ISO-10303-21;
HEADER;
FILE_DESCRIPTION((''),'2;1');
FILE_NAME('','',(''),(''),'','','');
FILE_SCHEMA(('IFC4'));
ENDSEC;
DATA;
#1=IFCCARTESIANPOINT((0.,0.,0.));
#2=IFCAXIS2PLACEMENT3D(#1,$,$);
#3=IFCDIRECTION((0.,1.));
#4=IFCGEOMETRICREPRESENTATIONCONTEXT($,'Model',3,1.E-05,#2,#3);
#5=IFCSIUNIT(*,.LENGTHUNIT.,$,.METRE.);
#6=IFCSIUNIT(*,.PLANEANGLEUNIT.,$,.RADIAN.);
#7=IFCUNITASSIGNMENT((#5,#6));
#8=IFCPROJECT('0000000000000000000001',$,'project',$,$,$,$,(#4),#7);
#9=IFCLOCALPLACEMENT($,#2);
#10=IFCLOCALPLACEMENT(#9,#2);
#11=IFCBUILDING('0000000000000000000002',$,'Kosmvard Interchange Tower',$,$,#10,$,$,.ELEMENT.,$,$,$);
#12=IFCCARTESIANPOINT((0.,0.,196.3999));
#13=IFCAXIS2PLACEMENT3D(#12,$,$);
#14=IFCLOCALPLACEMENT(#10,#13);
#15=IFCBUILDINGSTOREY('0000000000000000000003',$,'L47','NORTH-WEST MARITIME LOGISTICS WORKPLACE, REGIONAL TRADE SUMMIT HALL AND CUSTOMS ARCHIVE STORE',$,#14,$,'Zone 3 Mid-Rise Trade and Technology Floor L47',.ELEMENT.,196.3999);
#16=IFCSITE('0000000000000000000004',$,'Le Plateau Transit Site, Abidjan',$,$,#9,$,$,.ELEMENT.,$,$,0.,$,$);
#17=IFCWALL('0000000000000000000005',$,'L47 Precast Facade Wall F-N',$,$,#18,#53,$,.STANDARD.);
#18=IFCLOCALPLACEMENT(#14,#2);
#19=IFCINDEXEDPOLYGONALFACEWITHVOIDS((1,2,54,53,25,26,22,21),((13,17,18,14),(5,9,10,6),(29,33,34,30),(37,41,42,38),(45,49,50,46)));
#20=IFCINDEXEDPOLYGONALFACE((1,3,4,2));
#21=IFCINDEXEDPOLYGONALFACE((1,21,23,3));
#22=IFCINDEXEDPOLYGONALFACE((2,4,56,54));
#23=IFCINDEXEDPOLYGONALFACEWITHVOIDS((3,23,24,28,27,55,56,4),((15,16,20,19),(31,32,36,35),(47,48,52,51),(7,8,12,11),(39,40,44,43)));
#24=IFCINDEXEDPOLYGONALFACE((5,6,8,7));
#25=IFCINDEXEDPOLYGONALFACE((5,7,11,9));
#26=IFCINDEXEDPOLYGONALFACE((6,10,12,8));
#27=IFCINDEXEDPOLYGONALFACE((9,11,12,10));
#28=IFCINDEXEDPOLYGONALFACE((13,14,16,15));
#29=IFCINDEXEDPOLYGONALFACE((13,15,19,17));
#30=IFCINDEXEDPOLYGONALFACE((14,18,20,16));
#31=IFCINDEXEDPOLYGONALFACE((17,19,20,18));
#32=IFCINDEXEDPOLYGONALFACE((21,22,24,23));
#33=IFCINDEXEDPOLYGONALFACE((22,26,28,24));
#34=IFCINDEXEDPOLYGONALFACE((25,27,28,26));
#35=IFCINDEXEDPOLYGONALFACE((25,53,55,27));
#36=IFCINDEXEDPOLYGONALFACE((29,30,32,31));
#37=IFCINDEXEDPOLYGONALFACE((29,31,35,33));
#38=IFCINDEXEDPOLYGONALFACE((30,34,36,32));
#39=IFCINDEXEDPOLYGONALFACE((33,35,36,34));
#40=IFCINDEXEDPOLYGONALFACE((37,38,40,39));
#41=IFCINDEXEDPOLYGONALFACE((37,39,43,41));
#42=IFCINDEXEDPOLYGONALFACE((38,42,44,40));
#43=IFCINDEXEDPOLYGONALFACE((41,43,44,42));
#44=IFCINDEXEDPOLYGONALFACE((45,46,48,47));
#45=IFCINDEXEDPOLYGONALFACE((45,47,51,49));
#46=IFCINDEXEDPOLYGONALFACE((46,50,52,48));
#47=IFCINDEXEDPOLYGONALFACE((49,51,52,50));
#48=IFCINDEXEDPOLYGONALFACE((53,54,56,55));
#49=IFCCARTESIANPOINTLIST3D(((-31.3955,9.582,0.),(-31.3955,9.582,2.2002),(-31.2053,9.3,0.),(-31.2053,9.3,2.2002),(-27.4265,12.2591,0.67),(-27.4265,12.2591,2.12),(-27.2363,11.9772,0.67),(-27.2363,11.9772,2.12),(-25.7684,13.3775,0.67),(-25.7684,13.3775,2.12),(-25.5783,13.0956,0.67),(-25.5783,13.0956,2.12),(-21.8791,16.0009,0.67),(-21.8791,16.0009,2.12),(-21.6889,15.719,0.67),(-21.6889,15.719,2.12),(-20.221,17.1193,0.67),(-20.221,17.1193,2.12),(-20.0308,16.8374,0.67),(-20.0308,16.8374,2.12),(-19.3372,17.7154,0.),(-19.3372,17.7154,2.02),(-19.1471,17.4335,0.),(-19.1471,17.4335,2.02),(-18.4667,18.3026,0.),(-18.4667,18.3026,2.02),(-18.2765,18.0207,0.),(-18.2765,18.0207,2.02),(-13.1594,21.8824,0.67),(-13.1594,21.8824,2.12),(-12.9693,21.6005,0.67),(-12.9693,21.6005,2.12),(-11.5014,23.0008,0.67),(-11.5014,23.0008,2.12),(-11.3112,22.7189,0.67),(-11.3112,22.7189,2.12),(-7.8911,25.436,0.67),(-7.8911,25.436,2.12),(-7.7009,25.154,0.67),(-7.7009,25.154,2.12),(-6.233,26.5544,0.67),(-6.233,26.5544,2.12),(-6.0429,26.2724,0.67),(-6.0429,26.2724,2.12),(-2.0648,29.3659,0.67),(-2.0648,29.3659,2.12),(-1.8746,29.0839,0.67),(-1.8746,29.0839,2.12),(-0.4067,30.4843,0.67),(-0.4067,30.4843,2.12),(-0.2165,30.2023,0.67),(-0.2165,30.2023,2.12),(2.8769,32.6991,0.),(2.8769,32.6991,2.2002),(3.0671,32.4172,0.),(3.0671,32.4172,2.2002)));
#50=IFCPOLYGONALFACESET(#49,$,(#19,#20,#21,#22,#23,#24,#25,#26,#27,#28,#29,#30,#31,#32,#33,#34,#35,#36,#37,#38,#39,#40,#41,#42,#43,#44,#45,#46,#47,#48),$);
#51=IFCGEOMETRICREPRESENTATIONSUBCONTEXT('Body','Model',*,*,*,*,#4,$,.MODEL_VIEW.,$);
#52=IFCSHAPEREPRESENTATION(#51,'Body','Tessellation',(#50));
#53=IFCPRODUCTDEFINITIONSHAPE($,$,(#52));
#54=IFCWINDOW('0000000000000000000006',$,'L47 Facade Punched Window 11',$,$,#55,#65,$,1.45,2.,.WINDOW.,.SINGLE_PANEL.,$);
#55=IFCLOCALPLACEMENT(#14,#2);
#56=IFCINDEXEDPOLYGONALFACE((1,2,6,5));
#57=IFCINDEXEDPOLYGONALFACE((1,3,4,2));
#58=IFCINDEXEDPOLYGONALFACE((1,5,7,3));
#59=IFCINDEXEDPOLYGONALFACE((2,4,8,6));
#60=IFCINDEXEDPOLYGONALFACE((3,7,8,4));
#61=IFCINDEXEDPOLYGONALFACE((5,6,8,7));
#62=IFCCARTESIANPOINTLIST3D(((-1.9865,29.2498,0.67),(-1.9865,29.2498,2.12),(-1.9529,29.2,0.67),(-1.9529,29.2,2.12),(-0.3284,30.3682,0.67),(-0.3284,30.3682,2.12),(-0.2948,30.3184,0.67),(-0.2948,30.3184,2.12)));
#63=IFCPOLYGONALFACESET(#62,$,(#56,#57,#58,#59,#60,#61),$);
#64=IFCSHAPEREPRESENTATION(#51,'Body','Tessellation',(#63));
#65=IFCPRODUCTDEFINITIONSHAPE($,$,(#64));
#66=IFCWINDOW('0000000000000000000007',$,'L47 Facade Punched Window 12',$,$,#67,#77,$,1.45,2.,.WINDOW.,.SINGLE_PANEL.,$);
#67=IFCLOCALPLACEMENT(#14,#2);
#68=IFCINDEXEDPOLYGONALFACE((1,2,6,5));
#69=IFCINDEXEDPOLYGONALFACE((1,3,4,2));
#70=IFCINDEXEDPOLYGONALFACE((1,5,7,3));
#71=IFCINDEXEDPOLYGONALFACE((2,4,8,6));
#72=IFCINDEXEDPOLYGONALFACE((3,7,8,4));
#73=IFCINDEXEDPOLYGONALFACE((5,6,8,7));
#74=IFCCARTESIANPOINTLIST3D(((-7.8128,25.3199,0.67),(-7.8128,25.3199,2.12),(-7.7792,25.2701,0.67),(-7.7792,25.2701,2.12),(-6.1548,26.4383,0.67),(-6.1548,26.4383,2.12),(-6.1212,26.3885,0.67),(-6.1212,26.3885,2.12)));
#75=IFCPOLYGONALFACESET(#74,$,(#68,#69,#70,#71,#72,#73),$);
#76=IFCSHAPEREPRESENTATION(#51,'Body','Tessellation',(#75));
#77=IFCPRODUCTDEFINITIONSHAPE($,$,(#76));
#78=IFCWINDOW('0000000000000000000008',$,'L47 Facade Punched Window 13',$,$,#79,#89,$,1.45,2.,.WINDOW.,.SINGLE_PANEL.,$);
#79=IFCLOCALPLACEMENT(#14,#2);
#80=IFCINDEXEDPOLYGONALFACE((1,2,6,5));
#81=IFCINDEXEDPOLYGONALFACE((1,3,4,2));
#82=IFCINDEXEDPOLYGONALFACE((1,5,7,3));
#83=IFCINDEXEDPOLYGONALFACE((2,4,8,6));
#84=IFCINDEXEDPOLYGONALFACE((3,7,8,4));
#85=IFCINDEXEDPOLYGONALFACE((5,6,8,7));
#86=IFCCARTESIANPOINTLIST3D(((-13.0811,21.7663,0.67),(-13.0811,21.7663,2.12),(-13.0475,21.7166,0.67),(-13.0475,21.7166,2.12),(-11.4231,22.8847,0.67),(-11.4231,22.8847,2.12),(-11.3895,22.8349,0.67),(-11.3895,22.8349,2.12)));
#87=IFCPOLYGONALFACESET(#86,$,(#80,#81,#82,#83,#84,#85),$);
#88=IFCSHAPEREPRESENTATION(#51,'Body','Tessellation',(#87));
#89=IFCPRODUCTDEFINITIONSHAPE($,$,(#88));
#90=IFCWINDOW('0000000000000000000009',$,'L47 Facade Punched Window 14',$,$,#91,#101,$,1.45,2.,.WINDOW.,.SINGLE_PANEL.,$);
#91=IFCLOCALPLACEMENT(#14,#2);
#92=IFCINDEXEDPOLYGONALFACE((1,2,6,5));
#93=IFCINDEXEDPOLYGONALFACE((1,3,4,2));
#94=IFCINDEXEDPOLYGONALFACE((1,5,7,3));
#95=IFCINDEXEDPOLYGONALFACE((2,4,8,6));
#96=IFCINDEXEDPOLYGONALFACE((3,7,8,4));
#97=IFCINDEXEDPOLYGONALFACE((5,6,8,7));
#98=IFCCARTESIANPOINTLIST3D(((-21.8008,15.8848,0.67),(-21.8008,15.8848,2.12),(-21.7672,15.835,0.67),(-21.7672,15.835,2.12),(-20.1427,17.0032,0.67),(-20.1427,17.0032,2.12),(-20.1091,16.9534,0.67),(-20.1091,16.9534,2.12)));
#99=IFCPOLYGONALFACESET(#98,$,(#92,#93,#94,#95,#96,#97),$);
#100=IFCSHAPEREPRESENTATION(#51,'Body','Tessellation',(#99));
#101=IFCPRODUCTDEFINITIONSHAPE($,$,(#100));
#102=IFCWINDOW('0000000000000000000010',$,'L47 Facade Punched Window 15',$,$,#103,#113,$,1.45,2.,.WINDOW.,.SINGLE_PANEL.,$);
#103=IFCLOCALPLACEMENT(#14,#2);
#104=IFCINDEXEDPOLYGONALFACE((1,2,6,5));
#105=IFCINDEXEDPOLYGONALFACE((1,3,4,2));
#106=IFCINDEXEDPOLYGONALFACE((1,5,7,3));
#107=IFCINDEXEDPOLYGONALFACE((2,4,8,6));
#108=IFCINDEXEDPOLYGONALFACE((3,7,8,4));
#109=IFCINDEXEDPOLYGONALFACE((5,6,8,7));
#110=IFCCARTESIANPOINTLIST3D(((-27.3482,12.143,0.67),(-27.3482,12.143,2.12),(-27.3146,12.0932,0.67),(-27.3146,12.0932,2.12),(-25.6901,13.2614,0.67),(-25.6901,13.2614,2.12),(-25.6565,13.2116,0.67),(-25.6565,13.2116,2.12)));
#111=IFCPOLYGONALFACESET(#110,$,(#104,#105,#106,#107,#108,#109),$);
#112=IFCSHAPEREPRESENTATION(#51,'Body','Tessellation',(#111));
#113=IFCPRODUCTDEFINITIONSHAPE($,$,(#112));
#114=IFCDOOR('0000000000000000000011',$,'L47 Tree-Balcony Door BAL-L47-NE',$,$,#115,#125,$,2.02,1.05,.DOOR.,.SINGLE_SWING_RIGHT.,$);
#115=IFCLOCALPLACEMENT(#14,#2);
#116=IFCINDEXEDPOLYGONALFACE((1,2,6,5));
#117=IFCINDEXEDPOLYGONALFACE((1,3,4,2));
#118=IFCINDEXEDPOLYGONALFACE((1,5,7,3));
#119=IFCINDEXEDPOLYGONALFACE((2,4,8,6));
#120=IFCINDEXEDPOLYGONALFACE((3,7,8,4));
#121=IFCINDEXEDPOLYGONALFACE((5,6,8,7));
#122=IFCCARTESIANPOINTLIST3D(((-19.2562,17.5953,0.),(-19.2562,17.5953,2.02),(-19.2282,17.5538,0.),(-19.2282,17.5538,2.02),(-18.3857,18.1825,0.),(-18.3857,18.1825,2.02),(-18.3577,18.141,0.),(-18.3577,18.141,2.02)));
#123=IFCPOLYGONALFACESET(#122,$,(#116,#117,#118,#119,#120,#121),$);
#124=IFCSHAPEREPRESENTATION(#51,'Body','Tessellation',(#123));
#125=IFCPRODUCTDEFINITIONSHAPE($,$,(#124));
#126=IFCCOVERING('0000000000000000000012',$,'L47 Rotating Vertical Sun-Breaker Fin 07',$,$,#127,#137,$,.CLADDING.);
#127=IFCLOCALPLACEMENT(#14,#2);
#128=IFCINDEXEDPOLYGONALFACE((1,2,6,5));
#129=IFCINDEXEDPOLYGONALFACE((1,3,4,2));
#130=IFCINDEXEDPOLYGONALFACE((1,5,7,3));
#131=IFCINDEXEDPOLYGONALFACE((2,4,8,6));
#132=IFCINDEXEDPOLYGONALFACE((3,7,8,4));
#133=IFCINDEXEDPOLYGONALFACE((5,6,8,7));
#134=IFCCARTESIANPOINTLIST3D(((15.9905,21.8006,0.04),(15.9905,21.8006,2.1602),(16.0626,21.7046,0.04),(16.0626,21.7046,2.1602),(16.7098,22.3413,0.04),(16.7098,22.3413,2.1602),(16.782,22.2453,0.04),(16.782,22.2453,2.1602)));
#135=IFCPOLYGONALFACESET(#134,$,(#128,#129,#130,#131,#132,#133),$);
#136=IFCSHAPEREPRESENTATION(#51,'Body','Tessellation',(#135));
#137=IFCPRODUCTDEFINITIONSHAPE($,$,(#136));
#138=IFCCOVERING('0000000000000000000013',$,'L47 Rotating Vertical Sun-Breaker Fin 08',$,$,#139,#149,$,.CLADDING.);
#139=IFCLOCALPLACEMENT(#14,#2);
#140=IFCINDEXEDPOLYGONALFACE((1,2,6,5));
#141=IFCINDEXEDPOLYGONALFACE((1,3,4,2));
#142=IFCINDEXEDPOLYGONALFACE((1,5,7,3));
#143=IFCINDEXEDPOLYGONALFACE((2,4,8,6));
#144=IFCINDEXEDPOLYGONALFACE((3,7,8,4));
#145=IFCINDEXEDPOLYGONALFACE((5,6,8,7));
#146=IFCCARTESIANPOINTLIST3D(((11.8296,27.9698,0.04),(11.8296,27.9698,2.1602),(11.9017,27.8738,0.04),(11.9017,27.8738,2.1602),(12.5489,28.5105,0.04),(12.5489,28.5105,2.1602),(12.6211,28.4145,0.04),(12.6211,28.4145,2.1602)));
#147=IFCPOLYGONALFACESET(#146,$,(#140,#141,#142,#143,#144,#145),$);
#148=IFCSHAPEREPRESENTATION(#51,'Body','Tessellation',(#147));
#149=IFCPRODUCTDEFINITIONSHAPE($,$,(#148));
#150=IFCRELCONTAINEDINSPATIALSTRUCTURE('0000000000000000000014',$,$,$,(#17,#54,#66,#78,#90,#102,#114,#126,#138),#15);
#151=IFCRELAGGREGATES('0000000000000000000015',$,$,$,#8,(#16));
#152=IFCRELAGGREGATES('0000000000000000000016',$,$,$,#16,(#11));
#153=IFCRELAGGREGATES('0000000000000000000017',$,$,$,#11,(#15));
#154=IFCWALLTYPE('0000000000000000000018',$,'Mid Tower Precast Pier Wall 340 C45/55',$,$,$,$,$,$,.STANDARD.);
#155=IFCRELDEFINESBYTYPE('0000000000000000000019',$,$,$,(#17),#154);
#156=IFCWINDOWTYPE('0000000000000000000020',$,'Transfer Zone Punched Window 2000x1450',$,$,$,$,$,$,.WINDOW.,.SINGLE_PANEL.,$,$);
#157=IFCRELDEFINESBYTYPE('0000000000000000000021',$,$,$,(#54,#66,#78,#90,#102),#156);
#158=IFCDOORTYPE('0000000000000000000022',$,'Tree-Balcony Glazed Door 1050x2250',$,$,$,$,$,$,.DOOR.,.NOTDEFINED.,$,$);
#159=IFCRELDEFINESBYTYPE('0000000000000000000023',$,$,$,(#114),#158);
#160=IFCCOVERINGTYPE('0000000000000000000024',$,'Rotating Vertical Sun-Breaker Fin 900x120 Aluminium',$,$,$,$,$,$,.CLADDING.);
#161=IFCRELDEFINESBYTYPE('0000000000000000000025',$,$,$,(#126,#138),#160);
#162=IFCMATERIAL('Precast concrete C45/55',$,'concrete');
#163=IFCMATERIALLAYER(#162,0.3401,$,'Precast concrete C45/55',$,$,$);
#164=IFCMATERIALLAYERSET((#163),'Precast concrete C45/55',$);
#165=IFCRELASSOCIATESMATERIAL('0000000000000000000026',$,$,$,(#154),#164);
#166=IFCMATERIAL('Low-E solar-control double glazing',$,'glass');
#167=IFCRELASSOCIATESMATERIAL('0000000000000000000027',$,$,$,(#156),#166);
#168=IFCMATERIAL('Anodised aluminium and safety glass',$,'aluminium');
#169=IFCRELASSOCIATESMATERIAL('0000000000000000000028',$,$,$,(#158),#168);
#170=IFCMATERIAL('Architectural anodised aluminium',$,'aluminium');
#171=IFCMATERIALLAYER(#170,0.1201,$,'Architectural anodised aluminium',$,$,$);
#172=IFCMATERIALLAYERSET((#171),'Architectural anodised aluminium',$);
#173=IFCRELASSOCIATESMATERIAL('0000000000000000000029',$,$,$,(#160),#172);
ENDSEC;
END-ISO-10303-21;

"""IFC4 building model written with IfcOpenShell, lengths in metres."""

from ifc_helpers import new_model, si_unit, direction, frame, frame_2d, origin, origin_2d, place, context, subcontext, project, spatial, rectangle, extrude, source, transform, mapped, material, layer, layer_set, type_object, element, fill, save


model = new_model("IFC4")

# Units and contexts
model_context = context("Model", 3, precision=1e-05, world=origin(), true_north=direction((0.0, 1.0)))
body_context = subcontext(model_context, "Body", "Model", "MODEL_VIEW")
ifc_project = project(units=[si_unit("LENGTHUNIT", "METRE"), si_unit("PLANEANGLEUNIT", "RADIAN")], contexts=[model_context])

# Site, building, storey
site_placement = place(None, origin())
site = spatial("IfcSite", under=ifc_project, at=site_placement, Name="Le Plateau Transit Site, Abidjan", CompositionType="ELEMENT", RefElevation=0.0)
building_placement = place(site_placement, origin())
building = spatial("IfcBuilding", under=site, at=building_placement, Name="Kosmvard Interchange Tower", CompositionType="ELEMENT")
storey_placement = place(building_placement, frame((0.0, 0.0, 196.3999)))
storey = spatial("IfcBuildingStorey", under=building, at=storey_placement, Name="L47", Description="NORTH-WEST MARITIME LOGISTICS WORKPLACE, REGIONAL TRADE SUMMIT HALL AND CUSTOMS ARCHIVE STORE", LongName="Zone 3 Mid-Rise Trade and Technology Floor L47", CompositionType="ELEMENT", Elevation=196.3999)

# Shared definitions
ifc_material_1 = material(Name="Precast concrete C45/55", Category="concrete")

# Shared definitions
ifc_layer_1 = layer(ifc_material_1, 0.3401, Name="Precast concrete C45/55")
ifc_layer_set_1 = layer_set([ifc_layer_1], Name="Precast concrete C45/55")
wall_type_1 = type_object("IfcWallType", Name="Mid Tower Precast Pier Wall 340 C45/55", PredefinedType="STANDARD", material=ifc_layer_set_1)

# Wall, openings, windows, door
wall_1_placement = place(storey_placement, frame((2.9719, 32.5581, 0.0), z_axis=(0.0, 0.0, 1.0), x_axis=(-0.829036, -0.559195, 0.0)))
wall_1 = element("IfcWall", 1, at=wall_1_placement, inside=storey, type_object=wall_type_1, Name="L47 Precast Facade Wall F-N", PredefinedType="STANDARD", context=body_context, shape_type="SweptSolid", body=[
    extrude(rectangle(XDim=41.3401, YDim=0.3401, at=frame_2d((20.6699, 0.0))), origin(), (0.0, 0.0, 1.0), 2.2002),
])
opening_1_placement = place(wall_1_placement, frame((25.7451, 0.0, 0.0)))
opening_1 = element("IfcOpeningElement", 2, at=opening_1_placement, cuts=wall_1, PredefinedType="OPENING", context=body_context, shape_type="SweptSolid", body=[
    extrude(rectangle(XDim=1.05, YDim=2.02, at=frame_2d((0.5249, 1.01))), frame((0.0, 0.1802, 0.0), z_axis=(0.0, -1.0, 0.0), x_axis=(1.0, 0.0, 0.0)), (0.0, 0.0, 1.0), 0.3601),
])
opening_2_placement = place(wall_1_placement, frame((3.9607, 0.0, 0.6699)))
opening_2 = element("IfcOpeningElement", 3, at=opening_2_placement, cuts=wall_1, PredefinedType="OPENING", context=body_context, shape_type="SweptSolid", body=[
    extrude(rectangle(XDim=2.0, YDim=1.45, at=frame_2d((1.0, 0.7251))), frame((0.0, 0.1802, 0.0), z_axis=(0.0, -1.0, 0.0), x_axis=(1.0, 0.0, 0.0)), (0.0, 0.0, 1.0), 0.3601),
])
opening_3_placement = place(wall_1_placement, frame((10.9885, 0.0, 0.6699)))
opening_3 = element("IfcOpeningElement", 4, at=opening_3_placement, cuts=wall_1, PredefinedType="OPENING", context=body_context, shape_type="SweptSolid", body=[
    extrude(rectangle(XDim=2.0, YDim=1.45, at=frame_2d((1.0, 0.7251))), frame((0.0, 0.1802, 0.0), z_axis=(0.0, -1.0, 0.0), x_axis=(1.0, 0.0, 0.0)), (0.0, 0.0, 1.0), 0.3601),
])
opening_4_placement = place(wall_1_placement, frame((17.3433, 0.0, 0.6699)))
opening_4 = element("IfcOpeningElement", 5, at=opening_4_placement, cuts=wall_1, PredefinedType="OPENING", context=body_context, shape_type="SweptSolid", body=[
    extrude(rectangle(XDim=2.0, YDim=1.45, at=frame_2d((1.0, 0.7251))), frame((0.0, 0.1802, 0.0), z_axis=(0.0, -1.0, 0.0), x_axis=(1.0, 0.0, 0.0)), (0.0, 0.0, 1.0), 0.3601),
])
opening_5_placement = place(wall_1_placement, frame((27.8611, 0.0, 0.6699)))
opening_5 = element("IfcOpeningElement", 6, at=opening_5_placement, cuts=wall_1, PredefinedType="OPENING", context=body_context, shape_type="SweptSolid", body=[
    extrude(rectangle(XDim=2.0, YDim=1.45, at=frame_2d((1.0, 0.7251))), frame((0.0, 0.1802, 0.0), z_axis=(0.0, -1.0, 0.0), x_axis=(1.0, 0.0, 0.0)), (0.0, 0.0, 1.0), 0.3601),
])
opening_6_placement = place(wall_1_placement, frame((34.5525, 0.0, 0.6699)))
opening_6 = element("IfcOpeningElement", 7, at=opening_6_placement, cuts=wall_1, PredefinedType="OPENING", context=body_context, shape_type="SweptSolid", body=[
    extrude(rectangle(XDim=2.0, YDim=1.45, at=frame_2d((1.0, 0.7251))), frame((0.0, 0.1802, 0.0), z_axis=(0.0, -1.0, 0.0), x_axis=(1.0, 0.0, 0.0)), (0.0, 0.0, 1.0), 0.3601),
])
ifc_material_2 = material(Name="Low-E solar-control double glazing", Category="glass")
window_type = type_object("IfcWindowType", Name="Transfer Zone Punched Window 2000x1450", PartitioningType="SINGLE_PANEL", PredefinedType="WINDOW", material=ifc_material_2)
shared_shape_1 = source(origin(), body_context, "Body", "SweptSolid", [
    extrude(rectangle(XDim=2.0, YDim=1.45, at=frame_2d((1.0, 0.7251))), frame((0.0, 0.03, 0.0), z_axis=(0.0, -1.0, 0.0), x_axis=(1.0, 0.0, 0.0)), (0.0, 0.0, 1.0), 0.0601),
])
window_1_placement = place(opening_2_placement, origin())
window_1 = element("IfcWindow", 8, at=window_1_placement, inside=storey, type_object=window_type, Name="L47 Facade Punched Window 11", OverallHeight=1.45, OverallWidth=2.0, PartitioningType="SINGLE_PANEL", PredefinedType="WINDOW", context=body_context, shape_type="MappedRepresentation", body=[
    mapped(shared_shape_1, transform((0.0, 0.0, 0.0), scale=1.0)),
])
fill(opening_2, window_1)
window_2_placement = place(opening_3_placement, origin())
window_2 = element("IfcWindow", 9, at=window_2_placement, inside=storey, type_object=window_type, Name="L47 Facade Punched Window 12", OverallHeight=1.45, OverallWidth=2.0, PartitioningType="SINGLE_PANEL", PredefinedType="WINDOW", context=body_context, shape_type="MappedRepresentation", body=[
    mapped(shared_shape_1, transform((0.0, 0.0, 0.0), scale=1.0)),
])
fill(opening_3, window_2)
window_3_placement = place(opening_4_placement, origin())
window_3 = element("IfcWindow", 10, at=window_3_placement, inside=storey, type_object=window_type, Name="L47 Facade Punched Window 13", OverallHeight=1.45, OverallWidth=2.0, PartitioningType="SINGLE_PANEL", PredefinedType="WINDOW", context=body_context, shape_type="MappedRepresentation", body=[
    mapped(shared_shape_1, transform((0.0, 0.0, 0.0), scale=1.0)),
])
fill(opening_4, window_3)
window_4_placement = place(opening_5_placement, origin())
window_4 = element("IfcWindow", 11, at=window_4_placement, inside=storey, type_object=window_type, Name="L47 Facade Punched Window 14", OverallHeight=1.45, OverallWidth=2.0, PartitioningType="SINGLE_PANEL", PredefinedType="WINDOW", context=body_context, shape_type="MappedRepresentation", body=[
    mapped(shared_shape_1, transform((0.0, 0.0, 0.0), scale=1.0)),
])
fill(opening_5, window_4)
window_5_placement = place(opening_6_placement, origin())
window_5 = element("IfcWindow", 12, at=window_5_placement, inside=storey, type_object=window_type, Name="L47 Facade Punched Window 15", OverallHeight=1.45, OverallWidth=2.0, PartitioningType="SINGLE_PANEL", PredefinedType="WINDOW", context=body_context, shape_type="MappedRepresentation", body=[
    mapped(shared_shape_1, transform((0.0, 0.0, 0.0), scale=1.0)),
])
fill(opening_6, window_5)
ifc_material_3 = material(Name="Anodised aluminium and safety glass", Category="aluminium")
door_type = type_object("IfcDoorType", Name="Tree-Balcony Glazed Door 1050x2250", OperationType="NOTDEFINED", PredefinedType="DOOR", material=ifc_material_3)
shared_shape_2 = source(origin(), body_context, "Body", "SweptSolid", [
    extrude(rectangle(XDim=1.05, YDim=2.02, at=frame_2d((0.5249, 1.01))), frame((0.0, 0.0249, 0.0), z_axis=(0.0, -1.0, 0.0), x_axis=(1.0, 0.0, 0.0)), (0.0, 0.0, 1.0), 0.05),
])
door_placement = place(opening_1_placement, origin())
door = element("IfcDoor", 13, at=door_placement, inside=storey, type_object=door_type, Name="L47 Tree-Balcony Door BAL-L47-NE", OperationType="SINGLE_SWING_RIGHT", OverallHeight=2.02, OverallWidth=1.05, PredefinedType="DOOR", context=body_context, shape_type="MappedRepresentation", body=[
    mapped(shared_shape_2, transform((0.0, 0.0, 0.0), scale=1.0)),
])
fill(opening_1, door)

# Coverings
ifc_material_4 = material(Name="Architectural anodised aluminium", Category="aluminium")
ifc_layer_2 = layer(ifc_material_4, 0.1201, Name="Architectural anodised aluminium")
ifc_layer_set_2 = layer_set([ifc_layer_2], Name="Architectural anodised aluminium")
covering_type = type_object("IfcCoveringType", Name="Rotating Vertical Sun-Breaker Fin 900x120 Aluminium", PredefinedType="CLADDING", material=ifc_layer_set_2)
shared_shape_3 = source(origin(), body_context, "Body", "SweptSolid", [
    extrude(rectangle(XDim=0.8999, YDim=0.1201, at=origin_2d()), origin(), (0.0, 0.0, 1.0), 2.1201),
])
for number, where, z_axis, x_axis, name in (
    (14, (16.3862, 22.0229, 0.04), (0.0, 0.0, 1.0), (0.79937, 0.600839, 0.0), "L47 Rotating Vertical Sun-Breaker Fin 07"),
    (15, (12.2253, 28.1921, 0.04), (0.0, 0.0, 1.0), (0.79937, 0.600839, 0.0), "L47 Rotating Vertical Sun-Breaker Fin 08"),
):
    element("IfcCovering", number, at=place(storey_placement, frame(where, z_axis=z_axis, x_axis=x_axis)), inside=storey, type_object=covering_type, Name=name, PredefinedType="CLADDING", context=body_context, shape_type="MappedRepresentation", body=[
        mapped(shared_shape_3, transform((0.0, 0.0, 0.0), scale=1.0)),
    ])

save(model, "model.ifc")
